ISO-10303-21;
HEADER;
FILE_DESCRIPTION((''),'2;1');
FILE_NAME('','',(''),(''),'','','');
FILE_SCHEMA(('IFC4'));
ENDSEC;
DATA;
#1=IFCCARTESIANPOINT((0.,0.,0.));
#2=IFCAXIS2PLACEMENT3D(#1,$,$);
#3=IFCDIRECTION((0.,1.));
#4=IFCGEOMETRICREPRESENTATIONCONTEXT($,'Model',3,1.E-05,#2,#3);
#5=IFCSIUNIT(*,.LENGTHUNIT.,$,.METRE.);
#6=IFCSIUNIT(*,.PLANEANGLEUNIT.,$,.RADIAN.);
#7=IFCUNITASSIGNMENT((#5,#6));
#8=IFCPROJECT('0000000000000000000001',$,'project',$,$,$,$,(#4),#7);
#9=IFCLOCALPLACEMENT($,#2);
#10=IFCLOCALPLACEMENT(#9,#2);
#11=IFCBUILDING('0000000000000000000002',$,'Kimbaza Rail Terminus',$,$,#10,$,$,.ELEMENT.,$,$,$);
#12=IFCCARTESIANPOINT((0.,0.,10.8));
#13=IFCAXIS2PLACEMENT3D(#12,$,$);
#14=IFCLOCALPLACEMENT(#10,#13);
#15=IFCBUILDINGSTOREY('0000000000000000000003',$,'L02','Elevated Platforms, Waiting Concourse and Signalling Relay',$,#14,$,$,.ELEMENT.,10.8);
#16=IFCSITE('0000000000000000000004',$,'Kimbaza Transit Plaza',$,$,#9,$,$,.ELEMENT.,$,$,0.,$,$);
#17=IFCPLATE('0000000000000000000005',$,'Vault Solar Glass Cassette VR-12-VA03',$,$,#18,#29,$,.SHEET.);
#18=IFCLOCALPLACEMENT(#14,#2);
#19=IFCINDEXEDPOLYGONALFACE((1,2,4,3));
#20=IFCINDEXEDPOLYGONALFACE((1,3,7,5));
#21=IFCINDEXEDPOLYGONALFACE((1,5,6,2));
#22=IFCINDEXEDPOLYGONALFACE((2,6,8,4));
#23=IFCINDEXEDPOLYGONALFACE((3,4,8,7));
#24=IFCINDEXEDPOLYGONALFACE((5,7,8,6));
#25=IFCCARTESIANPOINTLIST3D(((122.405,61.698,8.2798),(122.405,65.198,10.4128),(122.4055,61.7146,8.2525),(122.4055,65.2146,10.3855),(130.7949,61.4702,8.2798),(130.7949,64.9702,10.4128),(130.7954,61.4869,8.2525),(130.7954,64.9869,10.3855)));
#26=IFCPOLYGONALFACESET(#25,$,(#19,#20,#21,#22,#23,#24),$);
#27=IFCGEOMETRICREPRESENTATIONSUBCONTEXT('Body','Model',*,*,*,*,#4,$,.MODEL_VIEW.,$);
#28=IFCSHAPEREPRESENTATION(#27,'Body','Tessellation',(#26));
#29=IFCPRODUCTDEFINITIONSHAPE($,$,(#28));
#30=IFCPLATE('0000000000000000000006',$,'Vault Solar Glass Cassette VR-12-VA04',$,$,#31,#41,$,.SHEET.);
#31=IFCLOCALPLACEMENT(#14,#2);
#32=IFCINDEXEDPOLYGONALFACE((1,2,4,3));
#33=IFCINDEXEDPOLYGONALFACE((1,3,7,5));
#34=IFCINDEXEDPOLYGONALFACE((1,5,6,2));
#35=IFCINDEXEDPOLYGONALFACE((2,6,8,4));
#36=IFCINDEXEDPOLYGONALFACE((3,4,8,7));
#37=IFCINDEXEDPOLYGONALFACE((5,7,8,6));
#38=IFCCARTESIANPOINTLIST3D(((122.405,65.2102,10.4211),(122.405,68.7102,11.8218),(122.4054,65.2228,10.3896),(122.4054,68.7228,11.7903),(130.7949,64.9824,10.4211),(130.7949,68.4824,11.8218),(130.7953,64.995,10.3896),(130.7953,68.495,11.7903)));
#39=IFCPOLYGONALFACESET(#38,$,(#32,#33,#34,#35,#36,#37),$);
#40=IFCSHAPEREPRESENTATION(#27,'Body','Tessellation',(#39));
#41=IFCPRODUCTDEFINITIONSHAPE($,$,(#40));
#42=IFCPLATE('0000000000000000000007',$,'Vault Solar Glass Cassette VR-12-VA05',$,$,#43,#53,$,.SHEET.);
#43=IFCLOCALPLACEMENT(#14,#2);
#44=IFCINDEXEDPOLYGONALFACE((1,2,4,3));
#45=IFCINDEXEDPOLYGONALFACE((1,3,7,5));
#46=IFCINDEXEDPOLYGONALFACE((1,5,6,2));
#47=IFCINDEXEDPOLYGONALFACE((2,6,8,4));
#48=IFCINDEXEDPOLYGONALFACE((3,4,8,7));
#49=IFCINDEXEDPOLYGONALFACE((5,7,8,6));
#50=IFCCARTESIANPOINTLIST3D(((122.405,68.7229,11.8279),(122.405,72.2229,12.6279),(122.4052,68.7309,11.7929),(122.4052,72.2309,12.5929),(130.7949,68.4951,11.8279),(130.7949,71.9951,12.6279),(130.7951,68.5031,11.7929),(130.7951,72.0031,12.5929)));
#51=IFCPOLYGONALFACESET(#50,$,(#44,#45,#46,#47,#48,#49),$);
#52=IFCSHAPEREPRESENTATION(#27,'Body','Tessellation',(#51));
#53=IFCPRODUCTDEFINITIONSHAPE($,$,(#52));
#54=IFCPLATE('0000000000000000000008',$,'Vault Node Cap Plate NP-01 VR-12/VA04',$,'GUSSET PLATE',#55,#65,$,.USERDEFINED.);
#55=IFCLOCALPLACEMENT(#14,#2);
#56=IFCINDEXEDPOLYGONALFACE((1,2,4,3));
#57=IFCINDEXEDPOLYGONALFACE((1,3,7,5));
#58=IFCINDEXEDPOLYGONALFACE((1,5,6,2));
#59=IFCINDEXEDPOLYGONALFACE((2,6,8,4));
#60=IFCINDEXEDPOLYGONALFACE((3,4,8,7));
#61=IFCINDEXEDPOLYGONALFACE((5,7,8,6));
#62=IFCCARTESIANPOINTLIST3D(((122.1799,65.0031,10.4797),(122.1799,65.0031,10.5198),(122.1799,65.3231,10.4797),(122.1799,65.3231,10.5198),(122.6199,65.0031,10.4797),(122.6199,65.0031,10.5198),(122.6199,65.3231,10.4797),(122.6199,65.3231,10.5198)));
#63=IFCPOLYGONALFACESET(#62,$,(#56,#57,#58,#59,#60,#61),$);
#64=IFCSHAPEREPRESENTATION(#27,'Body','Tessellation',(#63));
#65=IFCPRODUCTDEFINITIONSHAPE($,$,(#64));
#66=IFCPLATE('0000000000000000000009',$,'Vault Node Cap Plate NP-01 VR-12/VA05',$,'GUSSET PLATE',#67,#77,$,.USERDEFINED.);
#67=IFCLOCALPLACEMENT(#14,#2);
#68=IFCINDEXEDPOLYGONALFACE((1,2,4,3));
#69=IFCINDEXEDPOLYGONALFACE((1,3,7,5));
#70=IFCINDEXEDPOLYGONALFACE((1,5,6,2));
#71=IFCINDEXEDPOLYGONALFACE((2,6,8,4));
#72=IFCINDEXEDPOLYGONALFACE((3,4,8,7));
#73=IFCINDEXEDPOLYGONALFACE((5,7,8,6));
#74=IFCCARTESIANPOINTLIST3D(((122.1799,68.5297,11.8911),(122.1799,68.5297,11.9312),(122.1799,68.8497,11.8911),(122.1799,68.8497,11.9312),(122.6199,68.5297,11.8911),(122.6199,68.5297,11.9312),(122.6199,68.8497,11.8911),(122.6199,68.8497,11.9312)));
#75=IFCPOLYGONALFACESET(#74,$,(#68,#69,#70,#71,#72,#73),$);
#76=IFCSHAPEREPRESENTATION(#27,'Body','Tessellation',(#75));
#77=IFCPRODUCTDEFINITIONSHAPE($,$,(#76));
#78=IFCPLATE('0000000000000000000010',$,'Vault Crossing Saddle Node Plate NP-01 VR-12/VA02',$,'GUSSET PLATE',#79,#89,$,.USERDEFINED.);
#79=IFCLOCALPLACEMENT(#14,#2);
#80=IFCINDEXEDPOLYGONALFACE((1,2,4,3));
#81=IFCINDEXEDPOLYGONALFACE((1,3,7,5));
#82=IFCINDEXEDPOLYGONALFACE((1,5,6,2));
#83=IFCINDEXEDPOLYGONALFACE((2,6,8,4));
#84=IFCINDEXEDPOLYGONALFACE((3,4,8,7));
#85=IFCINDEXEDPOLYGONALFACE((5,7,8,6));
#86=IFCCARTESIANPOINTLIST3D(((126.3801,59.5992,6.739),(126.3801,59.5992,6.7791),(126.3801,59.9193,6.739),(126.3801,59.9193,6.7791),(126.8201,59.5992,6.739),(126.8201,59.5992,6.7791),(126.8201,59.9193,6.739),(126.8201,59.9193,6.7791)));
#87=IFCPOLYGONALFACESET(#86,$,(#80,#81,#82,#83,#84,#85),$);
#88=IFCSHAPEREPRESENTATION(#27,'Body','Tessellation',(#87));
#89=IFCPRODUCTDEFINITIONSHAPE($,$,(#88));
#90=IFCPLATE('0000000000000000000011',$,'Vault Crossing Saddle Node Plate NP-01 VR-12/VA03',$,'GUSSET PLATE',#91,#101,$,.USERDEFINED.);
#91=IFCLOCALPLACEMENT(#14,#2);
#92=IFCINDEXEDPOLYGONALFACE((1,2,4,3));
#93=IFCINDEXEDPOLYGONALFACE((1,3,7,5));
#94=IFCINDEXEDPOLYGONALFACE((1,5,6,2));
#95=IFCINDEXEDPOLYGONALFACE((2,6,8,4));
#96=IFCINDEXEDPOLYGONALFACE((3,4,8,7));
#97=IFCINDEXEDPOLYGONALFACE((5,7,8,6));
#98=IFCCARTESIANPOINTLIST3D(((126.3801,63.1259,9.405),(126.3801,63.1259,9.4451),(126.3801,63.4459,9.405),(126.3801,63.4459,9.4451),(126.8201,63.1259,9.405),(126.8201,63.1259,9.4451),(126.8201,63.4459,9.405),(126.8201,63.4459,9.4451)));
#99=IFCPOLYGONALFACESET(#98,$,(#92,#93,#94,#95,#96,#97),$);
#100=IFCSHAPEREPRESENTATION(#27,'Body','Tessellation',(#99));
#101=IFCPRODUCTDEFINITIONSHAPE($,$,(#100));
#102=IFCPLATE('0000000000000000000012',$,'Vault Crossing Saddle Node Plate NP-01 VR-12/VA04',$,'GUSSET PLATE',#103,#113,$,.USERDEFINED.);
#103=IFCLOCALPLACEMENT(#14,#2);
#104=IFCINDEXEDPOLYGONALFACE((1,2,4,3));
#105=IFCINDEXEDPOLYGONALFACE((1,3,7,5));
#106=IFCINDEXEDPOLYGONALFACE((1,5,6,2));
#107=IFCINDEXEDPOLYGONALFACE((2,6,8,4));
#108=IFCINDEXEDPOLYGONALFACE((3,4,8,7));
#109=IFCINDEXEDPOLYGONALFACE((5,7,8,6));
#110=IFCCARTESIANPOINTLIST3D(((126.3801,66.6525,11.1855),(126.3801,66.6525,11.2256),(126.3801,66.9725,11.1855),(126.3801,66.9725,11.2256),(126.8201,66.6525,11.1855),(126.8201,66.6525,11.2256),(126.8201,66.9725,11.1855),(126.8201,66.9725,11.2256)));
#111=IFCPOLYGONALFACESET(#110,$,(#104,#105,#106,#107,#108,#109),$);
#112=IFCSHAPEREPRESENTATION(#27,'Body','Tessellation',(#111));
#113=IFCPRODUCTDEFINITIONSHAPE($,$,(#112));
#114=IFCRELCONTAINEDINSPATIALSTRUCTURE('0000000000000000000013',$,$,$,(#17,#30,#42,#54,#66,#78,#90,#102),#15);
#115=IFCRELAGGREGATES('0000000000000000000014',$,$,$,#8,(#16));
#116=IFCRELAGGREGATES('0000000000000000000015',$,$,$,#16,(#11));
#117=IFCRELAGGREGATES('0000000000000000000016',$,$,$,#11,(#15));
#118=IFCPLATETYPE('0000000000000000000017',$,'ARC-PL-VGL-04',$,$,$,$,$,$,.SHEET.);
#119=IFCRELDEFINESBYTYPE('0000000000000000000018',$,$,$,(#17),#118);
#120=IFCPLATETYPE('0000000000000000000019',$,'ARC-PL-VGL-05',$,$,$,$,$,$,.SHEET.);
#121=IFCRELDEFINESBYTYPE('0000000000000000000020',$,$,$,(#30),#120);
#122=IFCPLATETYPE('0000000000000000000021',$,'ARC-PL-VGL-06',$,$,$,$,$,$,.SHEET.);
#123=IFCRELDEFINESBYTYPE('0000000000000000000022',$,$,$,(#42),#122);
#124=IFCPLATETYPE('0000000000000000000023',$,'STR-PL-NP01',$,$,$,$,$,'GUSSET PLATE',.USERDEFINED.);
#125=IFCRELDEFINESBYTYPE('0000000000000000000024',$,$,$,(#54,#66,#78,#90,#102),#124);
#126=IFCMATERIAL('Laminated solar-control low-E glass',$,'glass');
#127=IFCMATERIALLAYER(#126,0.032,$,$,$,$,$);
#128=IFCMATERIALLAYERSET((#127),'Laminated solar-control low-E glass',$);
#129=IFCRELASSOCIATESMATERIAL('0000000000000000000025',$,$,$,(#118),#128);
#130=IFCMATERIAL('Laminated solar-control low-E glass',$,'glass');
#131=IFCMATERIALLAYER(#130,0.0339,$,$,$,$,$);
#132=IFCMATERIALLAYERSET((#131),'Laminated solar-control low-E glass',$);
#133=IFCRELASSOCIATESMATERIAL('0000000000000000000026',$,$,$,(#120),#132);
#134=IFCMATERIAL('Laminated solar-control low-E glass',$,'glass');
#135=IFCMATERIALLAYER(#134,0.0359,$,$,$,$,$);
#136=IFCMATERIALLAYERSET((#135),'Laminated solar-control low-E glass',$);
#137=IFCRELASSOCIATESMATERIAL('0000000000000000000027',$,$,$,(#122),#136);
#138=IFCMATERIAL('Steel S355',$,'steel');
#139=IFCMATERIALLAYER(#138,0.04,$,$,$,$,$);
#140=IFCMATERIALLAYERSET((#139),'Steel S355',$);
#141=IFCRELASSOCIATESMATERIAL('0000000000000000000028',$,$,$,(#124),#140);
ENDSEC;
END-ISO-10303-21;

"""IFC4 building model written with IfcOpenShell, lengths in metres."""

from ifc_helpers import new_model, si_unit, direction, frame, origin, origin_2d, place, context, subcontext, project, spatial, polyline, rectangle, outline, extrude, material, layer, layer_set, type_object, element, save


model = new_model("IFC4")

# Units and contexts
model_context = context("Model", 3, precision=1e-05, world=origin(), true_north=direction((0.0, 1.0)))
body_context = subcontext(model_context, "Body", "Model", "MODEL_VIEW")
ifc_project = project(units=[si_unit("LENGTHUNIT", "METRE"), si_unit("PLANEANGLEUNIT", "RADIAN")], contexts=[model_context])

# Site, building, storey
site_placement = place(None, origin())
site = spatial("IfcSite", under=ifc_project, at=site_placement, Name="Kimbaza Transit Plaza", CompositionType="ELEMENT", RefElevation=0.0)
building_placement = place(site_placement, origin())
building = spatial("IfcBuilding", under=site, at=building_placement, Name="Kimbaza Rail Terminus", CompositionType="ELEMENT")
storey_placement = place(building_placement, frame((0.0, 0.0, 10.8)))
storey = spatial("IfcBuildingStorey", under=building, at=storey_placement, Name="L02", Description="Elevated Platforms, Waiting Concourse and Signalling Relay", CompositionType="ELEMENT", Elevation=10.8)

# Plates
ifc_material_1 = material(Name="Laminated solar-control low-E glass", Category="glass")
ifc_layer_1 = layer(ifc_material_1, 0.032)
ifc_layer_set_1 = layer_set([ifc_layer_1], Name="Laminated solar-control low-E glass")
plate_type_1 = type_object("IfcPlateType", Name="ARC-PL-VGL-04", PredefinedType="SHEET", material=ifc_layer_set_1)
plate_1_placement = place(storey_placement, frame((122.405, 61.698, 8.2798), z_axis=(-0.014128, -0.520362, 0.853829), x_axis=(0.999632, -0.02714, 0.0)))
element("IfcPlate", 1, at=plate_1_placement, inside=storey, type_object=plate_type_1, Name="Vault Solar Glass Cassette VR-12-VA03", PredefinedType="SHEET", context=body_context, shape_type="SweptSolid", body=[
    extrude(outline(polyline([(0.0, 0.0), (8.393, 0.0), (8.298, 4.0977), (-0.095, 4.0977), (0.0, 0.0)])), origin(), (0.0, 0.0, -1.0), 0.032),
])
ifc_material_2 = material(Name="Laminated solar-control low-E glass", Category="glass")
ifc_layer_2 = layer(ifc_material_2, 0.0339)
ifc_layer_set_2 = layer_set([ifc_layer_2], Name="Laminated solar-control low-E glass")
plate_type_2 = type_object("IfcPlateType", Name="ARC-PL-VGL-05", PredefinedType="SHEET", material=ifc_layer_set_2)
plate_2_placement = place(storey_placement, frame((122.405, 65.2102, 10.4211), z_axis=(-0.010087, -0.371517, 0.928371), x_axis=(0.999632, -0.02714, 0.0)))
element("IfcPlate", 2, at=plate_2_placement, inside=storey, type_object=plate_type_2, Name="Vault Solar Glass Cassette VR-12-VA04", PredefinedType="SHEET", context=body_context, shape_type="SweptSolid", body=[
    extrude(outline(polyline([(0.0, 0.0), (8.393, 0.0), (8.298, 3.7687), (-0.095, 3.7687), (0.0, 0.0)])), origin(), (0.0, 0.0, -1.0), 0.0339),
])
ifc_material_3 = material(Name="Laminated solar-control low-E glass", Category="glass")
ifc_layer_3 = layer(ifc_material_3, 0.0359)
ifc_layer_set_3 = layer_set([ifc_layer_3], Name="Laminated solar-control low-E glass")
plate_type_3 = type_object("IfcPlateType", Name="ARC-PL-VGL-06", PredefinedType="SHEET", material=ifc_layer_set_3)
plate_3_placement = place(storey_placement, frame((122.405, 68.7229, 11.8279), z_axis=(-0.00605, -0.222834, 0.974838), x_axis=(0.999632, -0.02714, 0.0)))
element("IfcPlate", 3, at=plate_3_placement, inside=storey, type_object=plate_type_3, Name="Vault Solar Glass Cassette VR-12-VA05", PredefinedType="SHEET", context=body_context, shape_type="SweptSolid", body=[
    extrude(outline(polyline([(0.0, 0.0), (8.393, 0.0), (8.298, 3.589), (-0.095, 3.589), (0.0, 0.0)])), origin(), (0.0, 0.0, -1.0), 0.0359),
])
ifc_material_4 = material(Name="Steel S355", Category="steel")
ifc_layer_4 = layer(ifc_material_4, 0.04)
ifc_layer_set_4 = layer_set([ifc_layer_4], Name="Steel S355")
plate_type_4 = type_object("IfcPlateType", Name="STR-PL-NP01", ElementType="GUSSET PLATE", PredefinedType="USERDEFINED", material=ifc_layer_set_4)
for number, where, z_axis, x_axis, name in (
    (4, (122.3999, 65.1631, 10.4797), (0.0, 0.0, 1.0), (1.0, 0.0, 0.0), "Vault Node Cap Plate NP-01 VR-12/VA04"),
    (5, (122.3999, 68.6897, 11.8911), (0.0, 0.0, 1.0), (1.0, 0.0, 0.0), "Vault Node Cap Plate NP-01 VR-12/VA05"),
    (6, (126.6001, 59.7593, 6.739), (0.0, 0.0, 1.0), (1.0, 0.0, 0.0), "Vault Crossing Saddle Node Plate NP-01 VR-12/VA02"),
    (7, (126.6001, 63.2859, 9.405), (0.0, 0.0, 1.0), (1.0, 0.0, 0.0), "Vault Crossing Saddle Node Plate NP-01 VR-12/VA03"),
    (8, (126.6001, 66.8125, 11.1855), (0.0, 0.0, 1.0), (1.0, 0.0, 0.0), "Vault Crossing Saddle Node Plate NP-01 VR-12/VA04"),
):
    element("IfcPlate", number, at=place(storey_placement, frame(where, z_axis=z_axis, x_axis=x_axis)), inside=storey, type_object=plate_type_4, Name=name, ObjectType="GUSSET PLATE", PredefinedType="USERDEFINED", context=body_context, shape_type="SweptSolid", body=[
        extrude(rectangle(XDim=0.4399, YDim=0.3201, at=origin_2d()), origin(), (0.0, 0.0, 1.0), 0.04),
    ])

save(model, "model.ifc")
